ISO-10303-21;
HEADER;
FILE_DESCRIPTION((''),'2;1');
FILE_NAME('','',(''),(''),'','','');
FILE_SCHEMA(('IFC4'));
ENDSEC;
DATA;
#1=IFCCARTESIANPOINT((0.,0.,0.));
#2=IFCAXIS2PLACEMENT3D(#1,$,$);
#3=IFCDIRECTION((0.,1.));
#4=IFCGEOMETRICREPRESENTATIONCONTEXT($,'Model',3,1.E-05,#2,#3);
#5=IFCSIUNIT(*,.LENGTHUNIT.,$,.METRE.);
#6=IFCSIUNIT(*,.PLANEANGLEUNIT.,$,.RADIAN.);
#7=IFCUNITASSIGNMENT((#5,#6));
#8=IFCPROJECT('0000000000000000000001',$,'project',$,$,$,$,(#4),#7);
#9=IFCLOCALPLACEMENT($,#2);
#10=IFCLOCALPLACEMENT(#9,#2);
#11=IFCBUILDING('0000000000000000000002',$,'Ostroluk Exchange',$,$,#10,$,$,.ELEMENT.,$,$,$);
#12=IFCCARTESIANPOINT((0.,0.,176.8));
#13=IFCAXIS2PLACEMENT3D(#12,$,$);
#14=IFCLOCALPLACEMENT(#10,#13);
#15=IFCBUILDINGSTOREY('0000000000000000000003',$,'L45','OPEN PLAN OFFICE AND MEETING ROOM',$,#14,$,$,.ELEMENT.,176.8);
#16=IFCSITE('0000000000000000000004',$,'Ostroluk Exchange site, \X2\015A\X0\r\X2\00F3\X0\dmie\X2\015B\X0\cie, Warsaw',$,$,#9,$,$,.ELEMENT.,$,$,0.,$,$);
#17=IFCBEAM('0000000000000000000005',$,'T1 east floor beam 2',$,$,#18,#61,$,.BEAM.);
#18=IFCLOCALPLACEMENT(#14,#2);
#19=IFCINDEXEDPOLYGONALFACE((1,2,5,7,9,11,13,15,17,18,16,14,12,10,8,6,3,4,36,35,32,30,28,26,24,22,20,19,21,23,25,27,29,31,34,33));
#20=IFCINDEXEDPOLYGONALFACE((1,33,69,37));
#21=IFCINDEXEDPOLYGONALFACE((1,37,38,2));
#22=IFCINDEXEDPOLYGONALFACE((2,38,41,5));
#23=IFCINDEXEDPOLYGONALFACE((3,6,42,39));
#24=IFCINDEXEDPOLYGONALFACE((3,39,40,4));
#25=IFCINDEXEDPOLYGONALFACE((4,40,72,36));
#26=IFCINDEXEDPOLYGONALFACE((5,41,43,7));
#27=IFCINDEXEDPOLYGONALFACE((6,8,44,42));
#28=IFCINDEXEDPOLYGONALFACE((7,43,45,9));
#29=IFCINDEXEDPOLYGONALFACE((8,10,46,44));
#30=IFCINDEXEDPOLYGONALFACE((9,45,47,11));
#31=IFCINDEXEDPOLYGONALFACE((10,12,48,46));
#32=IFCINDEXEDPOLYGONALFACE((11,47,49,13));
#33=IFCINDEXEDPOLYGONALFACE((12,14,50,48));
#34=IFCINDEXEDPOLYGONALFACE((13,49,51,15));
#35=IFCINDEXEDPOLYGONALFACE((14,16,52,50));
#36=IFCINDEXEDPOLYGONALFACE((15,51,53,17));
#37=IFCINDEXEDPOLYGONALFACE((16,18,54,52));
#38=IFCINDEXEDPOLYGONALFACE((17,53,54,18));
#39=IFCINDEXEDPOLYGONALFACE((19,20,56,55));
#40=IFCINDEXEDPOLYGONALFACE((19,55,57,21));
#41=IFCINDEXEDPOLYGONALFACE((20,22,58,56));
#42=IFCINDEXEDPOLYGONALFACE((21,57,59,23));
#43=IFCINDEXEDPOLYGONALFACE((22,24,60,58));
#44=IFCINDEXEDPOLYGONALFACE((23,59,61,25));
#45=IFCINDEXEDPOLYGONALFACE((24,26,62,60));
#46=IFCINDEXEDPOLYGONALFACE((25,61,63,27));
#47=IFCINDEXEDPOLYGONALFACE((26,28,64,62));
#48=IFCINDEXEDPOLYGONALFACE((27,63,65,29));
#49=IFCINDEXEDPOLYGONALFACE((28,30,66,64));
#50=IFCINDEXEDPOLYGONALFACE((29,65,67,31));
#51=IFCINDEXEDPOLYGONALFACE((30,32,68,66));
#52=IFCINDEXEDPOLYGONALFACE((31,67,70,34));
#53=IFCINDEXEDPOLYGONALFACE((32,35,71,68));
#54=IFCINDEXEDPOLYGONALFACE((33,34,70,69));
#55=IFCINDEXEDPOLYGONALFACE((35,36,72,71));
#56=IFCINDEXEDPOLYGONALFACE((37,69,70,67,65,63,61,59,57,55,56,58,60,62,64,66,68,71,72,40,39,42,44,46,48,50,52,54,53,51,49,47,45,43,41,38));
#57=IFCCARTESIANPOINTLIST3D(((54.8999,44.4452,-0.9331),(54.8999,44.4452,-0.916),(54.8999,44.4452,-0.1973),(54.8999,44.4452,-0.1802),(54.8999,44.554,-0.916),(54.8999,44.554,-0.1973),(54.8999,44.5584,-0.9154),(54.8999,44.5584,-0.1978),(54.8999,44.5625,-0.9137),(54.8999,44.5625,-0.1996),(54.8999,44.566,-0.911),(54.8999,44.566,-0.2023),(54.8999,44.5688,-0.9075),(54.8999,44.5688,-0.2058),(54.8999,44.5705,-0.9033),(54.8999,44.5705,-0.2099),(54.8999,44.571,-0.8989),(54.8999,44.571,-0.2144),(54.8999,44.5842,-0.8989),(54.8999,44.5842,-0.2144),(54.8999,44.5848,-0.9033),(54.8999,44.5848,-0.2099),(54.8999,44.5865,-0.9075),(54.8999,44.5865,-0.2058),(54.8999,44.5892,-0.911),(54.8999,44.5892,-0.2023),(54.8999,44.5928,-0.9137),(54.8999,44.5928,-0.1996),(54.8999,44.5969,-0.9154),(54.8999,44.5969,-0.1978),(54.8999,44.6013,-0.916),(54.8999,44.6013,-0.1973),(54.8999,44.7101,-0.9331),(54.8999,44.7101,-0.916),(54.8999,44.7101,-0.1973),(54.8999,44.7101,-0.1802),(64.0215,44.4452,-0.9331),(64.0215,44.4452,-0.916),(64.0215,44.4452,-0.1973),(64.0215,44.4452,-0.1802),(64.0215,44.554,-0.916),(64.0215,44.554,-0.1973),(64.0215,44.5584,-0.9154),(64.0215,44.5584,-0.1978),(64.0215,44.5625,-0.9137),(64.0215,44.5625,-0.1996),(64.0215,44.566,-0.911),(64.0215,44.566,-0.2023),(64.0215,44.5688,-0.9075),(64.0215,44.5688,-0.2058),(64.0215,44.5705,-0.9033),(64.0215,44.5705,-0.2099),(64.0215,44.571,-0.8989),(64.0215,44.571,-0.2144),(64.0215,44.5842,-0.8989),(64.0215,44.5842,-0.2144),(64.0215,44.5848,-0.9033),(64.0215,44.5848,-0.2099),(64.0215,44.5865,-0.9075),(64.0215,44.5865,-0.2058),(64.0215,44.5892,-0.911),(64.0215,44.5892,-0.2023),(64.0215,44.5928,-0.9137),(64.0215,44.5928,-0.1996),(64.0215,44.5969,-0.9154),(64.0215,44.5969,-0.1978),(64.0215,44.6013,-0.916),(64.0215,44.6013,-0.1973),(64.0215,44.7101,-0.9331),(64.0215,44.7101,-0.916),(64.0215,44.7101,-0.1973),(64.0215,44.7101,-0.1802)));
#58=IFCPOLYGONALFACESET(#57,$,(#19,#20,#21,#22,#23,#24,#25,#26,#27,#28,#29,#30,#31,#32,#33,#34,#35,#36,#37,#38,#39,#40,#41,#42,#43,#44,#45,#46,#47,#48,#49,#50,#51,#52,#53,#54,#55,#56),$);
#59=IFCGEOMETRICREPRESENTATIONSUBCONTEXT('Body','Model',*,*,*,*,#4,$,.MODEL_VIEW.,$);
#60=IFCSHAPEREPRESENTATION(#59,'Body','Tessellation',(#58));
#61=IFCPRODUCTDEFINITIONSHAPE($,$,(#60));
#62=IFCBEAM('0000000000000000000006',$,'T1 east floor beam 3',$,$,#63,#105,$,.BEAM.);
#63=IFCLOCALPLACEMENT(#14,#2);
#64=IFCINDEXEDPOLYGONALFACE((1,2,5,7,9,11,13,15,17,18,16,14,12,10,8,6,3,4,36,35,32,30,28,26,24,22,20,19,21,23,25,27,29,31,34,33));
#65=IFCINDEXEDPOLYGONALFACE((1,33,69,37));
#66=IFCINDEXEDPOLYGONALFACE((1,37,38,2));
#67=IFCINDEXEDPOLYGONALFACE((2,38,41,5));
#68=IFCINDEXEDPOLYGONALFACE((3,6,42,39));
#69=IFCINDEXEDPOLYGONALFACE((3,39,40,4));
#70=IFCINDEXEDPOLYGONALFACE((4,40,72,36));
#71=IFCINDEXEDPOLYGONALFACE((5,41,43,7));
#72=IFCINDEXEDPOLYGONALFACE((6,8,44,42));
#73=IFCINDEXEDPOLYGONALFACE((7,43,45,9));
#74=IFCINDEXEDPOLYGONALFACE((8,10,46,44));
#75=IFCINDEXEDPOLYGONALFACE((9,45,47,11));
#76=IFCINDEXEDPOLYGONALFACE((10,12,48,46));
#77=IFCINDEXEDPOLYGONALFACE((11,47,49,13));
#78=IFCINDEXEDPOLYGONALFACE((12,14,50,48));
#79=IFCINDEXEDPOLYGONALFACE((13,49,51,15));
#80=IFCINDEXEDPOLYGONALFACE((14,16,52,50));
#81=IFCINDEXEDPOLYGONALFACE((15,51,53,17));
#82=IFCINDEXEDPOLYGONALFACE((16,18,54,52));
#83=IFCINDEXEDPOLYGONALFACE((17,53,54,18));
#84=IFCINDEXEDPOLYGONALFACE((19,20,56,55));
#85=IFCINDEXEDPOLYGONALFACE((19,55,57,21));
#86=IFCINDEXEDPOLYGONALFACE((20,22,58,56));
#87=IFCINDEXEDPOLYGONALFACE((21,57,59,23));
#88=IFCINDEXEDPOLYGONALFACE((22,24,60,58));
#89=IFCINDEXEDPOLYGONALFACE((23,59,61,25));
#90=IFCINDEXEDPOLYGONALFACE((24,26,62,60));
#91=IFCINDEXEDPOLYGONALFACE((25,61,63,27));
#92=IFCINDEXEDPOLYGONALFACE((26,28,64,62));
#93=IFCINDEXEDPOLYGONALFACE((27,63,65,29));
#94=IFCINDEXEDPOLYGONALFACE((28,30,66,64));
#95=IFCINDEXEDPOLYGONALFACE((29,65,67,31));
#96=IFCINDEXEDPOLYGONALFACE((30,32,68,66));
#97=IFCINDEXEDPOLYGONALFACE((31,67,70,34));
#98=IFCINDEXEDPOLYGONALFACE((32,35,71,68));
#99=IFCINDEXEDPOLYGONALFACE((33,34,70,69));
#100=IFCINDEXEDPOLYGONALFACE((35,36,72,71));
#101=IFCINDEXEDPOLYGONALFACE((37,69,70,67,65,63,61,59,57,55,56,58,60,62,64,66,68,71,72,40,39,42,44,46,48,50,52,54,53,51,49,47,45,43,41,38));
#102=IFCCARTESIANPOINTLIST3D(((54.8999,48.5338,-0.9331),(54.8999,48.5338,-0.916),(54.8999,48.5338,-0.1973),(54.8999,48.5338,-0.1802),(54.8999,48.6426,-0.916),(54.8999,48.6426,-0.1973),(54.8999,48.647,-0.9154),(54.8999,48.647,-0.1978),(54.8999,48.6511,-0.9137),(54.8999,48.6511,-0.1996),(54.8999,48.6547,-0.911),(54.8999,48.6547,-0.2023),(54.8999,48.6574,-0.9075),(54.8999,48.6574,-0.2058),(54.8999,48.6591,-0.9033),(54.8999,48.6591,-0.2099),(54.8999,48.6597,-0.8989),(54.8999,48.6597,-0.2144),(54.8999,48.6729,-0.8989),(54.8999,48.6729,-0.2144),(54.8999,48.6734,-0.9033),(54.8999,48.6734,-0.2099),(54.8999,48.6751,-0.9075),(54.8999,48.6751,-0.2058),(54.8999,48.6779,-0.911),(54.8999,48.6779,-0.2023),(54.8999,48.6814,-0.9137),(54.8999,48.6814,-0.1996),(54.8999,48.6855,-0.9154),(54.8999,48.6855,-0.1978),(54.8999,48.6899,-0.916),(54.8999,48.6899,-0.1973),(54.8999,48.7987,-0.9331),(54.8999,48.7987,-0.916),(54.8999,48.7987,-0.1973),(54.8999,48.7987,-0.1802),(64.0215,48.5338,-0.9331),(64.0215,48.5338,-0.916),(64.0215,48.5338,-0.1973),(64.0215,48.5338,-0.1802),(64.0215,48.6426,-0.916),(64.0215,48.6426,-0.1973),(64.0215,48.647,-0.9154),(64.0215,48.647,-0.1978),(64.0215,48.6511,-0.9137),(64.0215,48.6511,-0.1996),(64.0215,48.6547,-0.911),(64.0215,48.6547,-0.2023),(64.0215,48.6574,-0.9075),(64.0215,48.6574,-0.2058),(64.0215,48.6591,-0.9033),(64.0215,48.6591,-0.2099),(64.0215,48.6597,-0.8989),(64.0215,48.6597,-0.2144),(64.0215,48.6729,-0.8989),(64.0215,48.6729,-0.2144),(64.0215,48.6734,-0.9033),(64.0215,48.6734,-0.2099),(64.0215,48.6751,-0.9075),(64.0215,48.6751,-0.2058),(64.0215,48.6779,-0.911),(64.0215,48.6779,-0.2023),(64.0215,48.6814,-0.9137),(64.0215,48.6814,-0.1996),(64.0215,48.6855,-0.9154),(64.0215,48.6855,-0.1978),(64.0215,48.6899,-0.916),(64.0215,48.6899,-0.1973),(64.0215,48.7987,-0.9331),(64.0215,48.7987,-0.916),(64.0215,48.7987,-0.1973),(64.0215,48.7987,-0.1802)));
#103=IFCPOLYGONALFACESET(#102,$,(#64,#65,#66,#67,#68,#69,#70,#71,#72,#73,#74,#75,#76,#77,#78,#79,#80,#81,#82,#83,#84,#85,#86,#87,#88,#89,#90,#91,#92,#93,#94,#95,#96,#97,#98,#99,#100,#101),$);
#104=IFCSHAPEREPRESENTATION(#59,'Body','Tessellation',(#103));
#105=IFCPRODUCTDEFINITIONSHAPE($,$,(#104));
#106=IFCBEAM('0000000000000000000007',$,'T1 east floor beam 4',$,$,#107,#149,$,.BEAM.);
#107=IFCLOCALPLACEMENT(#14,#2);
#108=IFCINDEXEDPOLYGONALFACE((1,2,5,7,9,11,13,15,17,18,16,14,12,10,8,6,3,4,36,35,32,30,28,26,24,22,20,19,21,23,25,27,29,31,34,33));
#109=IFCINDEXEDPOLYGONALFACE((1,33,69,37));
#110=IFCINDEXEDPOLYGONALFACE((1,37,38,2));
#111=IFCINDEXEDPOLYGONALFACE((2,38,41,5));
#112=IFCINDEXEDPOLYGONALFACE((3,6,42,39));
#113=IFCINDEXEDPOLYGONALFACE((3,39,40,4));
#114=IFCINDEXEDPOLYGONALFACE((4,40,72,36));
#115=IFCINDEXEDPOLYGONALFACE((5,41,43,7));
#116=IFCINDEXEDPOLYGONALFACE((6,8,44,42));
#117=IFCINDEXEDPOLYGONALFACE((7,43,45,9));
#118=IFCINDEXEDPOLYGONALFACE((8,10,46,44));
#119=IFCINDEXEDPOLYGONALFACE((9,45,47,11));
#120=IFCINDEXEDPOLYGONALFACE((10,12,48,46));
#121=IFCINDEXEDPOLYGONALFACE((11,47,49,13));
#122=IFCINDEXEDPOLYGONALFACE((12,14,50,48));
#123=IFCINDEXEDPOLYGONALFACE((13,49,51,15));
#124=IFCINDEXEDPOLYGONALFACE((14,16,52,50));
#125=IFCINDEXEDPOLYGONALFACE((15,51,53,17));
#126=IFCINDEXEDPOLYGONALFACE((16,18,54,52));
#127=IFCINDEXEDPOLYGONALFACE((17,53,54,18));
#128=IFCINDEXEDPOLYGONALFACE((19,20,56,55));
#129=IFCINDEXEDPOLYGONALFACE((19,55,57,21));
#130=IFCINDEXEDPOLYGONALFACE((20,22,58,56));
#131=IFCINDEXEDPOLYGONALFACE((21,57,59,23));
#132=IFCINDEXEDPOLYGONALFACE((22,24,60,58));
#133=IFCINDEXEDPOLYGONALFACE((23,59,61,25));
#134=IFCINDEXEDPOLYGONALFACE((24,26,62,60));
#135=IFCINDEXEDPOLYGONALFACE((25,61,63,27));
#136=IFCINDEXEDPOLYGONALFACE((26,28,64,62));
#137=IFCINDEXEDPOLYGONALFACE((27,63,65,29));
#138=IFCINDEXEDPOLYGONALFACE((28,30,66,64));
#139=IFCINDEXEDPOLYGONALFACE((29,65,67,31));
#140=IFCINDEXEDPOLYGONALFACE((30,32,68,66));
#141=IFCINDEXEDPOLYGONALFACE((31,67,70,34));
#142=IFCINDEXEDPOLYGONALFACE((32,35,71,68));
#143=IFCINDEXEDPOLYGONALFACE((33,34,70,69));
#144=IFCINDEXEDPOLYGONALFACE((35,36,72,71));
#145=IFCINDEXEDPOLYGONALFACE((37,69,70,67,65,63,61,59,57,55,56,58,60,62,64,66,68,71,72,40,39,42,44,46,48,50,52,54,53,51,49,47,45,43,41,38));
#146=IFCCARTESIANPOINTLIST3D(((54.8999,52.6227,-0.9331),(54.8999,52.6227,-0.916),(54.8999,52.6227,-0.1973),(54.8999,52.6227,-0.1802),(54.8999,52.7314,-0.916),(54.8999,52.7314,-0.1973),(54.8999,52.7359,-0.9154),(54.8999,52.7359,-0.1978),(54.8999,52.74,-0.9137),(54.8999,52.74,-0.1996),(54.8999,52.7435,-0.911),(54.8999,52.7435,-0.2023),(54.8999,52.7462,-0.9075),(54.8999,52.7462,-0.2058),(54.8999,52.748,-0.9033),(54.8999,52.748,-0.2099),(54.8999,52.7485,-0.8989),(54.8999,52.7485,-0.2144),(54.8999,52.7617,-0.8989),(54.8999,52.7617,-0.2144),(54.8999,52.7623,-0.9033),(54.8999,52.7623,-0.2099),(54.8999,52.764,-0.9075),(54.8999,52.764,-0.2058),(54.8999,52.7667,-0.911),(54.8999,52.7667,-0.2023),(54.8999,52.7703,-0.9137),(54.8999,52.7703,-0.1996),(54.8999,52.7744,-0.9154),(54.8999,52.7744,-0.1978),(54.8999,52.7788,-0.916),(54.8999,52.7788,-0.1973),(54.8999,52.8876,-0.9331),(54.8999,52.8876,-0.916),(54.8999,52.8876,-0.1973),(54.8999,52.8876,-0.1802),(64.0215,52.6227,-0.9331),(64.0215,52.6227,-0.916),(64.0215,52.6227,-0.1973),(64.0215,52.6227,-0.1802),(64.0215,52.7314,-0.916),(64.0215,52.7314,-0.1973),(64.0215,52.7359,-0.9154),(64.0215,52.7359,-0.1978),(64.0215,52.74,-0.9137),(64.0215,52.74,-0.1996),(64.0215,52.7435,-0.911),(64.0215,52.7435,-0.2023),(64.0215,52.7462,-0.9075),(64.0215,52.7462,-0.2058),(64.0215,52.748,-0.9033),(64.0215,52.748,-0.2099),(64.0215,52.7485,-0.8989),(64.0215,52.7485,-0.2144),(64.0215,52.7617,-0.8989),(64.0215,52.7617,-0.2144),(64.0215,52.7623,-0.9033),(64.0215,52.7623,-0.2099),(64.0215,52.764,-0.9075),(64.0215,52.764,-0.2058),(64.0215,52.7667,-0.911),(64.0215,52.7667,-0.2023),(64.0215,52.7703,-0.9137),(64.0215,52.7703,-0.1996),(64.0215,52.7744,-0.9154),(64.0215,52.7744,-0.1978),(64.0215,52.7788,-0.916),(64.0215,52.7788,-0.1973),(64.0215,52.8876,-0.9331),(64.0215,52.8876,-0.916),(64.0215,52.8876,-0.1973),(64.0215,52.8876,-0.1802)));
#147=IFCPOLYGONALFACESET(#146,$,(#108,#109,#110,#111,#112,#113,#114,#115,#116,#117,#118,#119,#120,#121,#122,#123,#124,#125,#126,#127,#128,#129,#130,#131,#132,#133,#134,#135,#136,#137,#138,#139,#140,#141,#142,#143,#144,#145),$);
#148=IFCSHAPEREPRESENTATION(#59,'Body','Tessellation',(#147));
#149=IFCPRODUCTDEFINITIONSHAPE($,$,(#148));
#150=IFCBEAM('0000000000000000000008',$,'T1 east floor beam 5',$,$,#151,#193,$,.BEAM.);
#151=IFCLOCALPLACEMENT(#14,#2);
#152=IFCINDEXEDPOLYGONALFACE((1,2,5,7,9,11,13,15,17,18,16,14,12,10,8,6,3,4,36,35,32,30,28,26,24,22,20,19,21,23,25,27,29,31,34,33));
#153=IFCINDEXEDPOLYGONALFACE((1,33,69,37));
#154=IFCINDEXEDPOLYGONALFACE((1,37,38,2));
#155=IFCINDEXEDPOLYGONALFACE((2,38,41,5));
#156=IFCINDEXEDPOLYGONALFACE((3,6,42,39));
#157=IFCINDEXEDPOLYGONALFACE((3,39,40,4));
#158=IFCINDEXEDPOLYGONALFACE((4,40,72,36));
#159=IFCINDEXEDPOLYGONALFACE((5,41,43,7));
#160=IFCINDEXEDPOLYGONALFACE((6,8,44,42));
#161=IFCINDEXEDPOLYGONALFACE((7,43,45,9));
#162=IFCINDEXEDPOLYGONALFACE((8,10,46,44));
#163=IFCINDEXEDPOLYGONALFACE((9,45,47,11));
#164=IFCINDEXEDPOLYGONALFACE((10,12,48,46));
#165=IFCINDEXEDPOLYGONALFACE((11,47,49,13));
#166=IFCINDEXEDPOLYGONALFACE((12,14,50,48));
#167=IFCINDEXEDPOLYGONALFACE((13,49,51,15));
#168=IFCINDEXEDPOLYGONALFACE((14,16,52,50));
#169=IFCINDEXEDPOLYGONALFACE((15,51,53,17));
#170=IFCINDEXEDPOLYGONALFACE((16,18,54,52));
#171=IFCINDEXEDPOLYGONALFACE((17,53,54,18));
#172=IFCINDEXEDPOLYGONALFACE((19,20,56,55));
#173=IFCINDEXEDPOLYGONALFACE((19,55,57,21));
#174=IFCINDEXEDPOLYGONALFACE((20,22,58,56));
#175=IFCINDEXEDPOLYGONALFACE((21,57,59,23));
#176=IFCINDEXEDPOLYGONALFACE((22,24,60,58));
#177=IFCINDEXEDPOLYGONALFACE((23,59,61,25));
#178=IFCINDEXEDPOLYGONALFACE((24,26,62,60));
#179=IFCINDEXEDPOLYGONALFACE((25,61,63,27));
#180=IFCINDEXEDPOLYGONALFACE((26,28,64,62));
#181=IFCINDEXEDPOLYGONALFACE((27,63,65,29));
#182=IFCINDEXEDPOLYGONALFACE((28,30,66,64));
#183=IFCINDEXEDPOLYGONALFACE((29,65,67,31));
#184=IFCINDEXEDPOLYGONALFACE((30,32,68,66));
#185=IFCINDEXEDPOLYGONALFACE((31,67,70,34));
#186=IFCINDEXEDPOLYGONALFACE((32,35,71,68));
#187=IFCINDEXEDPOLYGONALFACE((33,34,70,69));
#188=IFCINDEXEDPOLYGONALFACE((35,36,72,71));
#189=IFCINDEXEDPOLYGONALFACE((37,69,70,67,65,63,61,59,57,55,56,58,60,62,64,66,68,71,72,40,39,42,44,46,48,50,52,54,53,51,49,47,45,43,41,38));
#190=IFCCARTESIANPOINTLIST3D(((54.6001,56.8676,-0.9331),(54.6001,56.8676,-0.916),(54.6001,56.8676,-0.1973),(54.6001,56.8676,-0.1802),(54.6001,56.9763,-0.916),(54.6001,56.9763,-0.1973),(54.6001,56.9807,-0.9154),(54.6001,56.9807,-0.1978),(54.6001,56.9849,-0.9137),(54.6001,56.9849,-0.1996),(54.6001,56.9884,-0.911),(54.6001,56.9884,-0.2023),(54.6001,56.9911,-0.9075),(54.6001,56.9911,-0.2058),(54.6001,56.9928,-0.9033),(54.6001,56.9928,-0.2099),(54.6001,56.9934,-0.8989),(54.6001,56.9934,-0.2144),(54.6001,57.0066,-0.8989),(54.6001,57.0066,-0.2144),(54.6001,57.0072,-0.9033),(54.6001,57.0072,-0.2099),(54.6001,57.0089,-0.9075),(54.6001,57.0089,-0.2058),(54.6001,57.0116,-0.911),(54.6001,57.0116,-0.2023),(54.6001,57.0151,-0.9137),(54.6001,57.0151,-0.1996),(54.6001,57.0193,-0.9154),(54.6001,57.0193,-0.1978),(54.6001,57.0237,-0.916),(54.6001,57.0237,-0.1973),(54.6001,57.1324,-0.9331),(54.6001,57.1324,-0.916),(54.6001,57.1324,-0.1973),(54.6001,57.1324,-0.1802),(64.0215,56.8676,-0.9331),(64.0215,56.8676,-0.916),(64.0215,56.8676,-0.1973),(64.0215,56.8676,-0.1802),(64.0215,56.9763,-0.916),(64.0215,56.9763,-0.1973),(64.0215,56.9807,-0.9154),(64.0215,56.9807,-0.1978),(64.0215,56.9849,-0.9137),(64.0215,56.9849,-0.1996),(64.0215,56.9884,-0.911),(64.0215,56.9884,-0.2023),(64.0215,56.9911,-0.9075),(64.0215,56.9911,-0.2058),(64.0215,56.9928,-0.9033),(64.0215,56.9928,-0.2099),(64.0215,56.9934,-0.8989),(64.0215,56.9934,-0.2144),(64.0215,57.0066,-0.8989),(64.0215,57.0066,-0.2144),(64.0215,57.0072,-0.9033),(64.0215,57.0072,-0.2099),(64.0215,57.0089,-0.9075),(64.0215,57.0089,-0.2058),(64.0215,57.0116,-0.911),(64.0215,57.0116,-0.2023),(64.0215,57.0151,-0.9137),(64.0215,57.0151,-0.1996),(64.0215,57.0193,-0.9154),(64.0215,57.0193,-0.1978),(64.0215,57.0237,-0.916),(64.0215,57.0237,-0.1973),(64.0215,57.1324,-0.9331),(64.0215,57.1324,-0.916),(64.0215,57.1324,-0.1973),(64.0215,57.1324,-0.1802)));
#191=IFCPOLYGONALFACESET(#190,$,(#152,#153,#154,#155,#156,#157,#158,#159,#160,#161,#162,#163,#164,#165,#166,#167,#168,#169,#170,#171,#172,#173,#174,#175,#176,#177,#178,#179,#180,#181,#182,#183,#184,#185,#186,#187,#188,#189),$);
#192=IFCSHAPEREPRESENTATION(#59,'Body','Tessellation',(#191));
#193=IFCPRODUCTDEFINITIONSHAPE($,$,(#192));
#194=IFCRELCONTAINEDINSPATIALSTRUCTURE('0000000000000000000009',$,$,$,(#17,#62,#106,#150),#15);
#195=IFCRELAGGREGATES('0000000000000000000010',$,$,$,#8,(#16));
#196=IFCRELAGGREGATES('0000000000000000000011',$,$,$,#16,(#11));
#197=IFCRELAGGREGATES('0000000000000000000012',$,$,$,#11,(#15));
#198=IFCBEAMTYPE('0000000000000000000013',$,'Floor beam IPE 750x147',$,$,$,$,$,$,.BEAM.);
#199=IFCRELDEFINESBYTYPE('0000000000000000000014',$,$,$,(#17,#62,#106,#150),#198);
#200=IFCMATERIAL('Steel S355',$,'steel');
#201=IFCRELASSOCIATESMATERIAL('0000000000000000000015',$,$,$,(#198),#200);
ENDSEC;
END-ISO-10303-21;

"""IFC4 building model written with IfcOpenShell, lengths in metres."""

from ifc_helpers import new_model, si_unit, direction, frame, origin, origin_2d, place, context, subcontext, project, spatial, i_section, extrude, material, material_profile, profile_set, type_object, element, save


model = new_model("IFC4")

# Units and contexts
model_context = context("Model", 3, precision=1e-05, world=origin(), true_north=direction((0.0, 1.0)))
body_context = subcontext(model_context, "Body", "Model", "MODEL_VIEW")
ifc_project = project(units=[si_unit("LENGTHUNIT", "METRE"), si_unit("PLANEANGLEUNIT", "RADIAN")], contexts=[model_context])

# Site, building, storey
site_placement = place(None, origin())
site = spatial("IfcSite", under=ifc_project, at=site_placement, Name="Ostroluk Exchange site, Śródmieście, Warsaw", CompositionType="ELEMENT", RefElevation=0.0)
building_placement = place(site_placement, origin())
building = spatial("IfcBuilding", under=site, at=building_placement, Name="Ostroluk Exchange", CompositionType="ELEMENT")
storey_placement = place(building_placement, frame((0.0, 0.0, 176.8)))
storey = spatial("IfcBuildingStorey", under=building, at=storey_placement, Name="L45", Description="OPEN PLAN OFFICE AND MEETING ROOM", CompositionType="ELEMENT", Elevation=176.8)

# Beams
ifc_material_1 = material(Name="Steel S355", Category="steel")
ifc_material_profile_1 = material_profile(ifc_material_1, i_section(OverallWidth=0.2649, OverallDepth=0.7529, WebThickness=0.0132, FlangeThickness=0.0171, FilletRadius=0.0171, at=origin_2d()), Name="IPE 750x147")
ifc_profile_set_1 = profile_set([ifc_material_profile_1], Name="Steel S355")
beam_type_1 = type_object("IfcBeamType", Name="Floor beam IPE 750x147", PredefinedType="BEAM", material=ifc_profile_set_1)
for number, where, z_axis, x_axis, name in (
    (1, (54.8999, 44.5776, -0.5566), (1.0, 0.0, 0.0), (0.0, 1.0, 0.0), "T1 east floor beam 2"),
    (2, (54.8999, 48.6663, -0.5566), (1.0, 0.0, 0.0), (0.0, 1.0, 0.0), "T1 east floor beam 3"),
    (3, (54.8999, 52.7551, -0.5566), (1.0, 0.0, 0.0), (0.0, 1.0, 0.0), "T1 east floor beam 4"),
):
    element("IfcBeam", number, at=place(storey_placement, frame(where, z_axis=z_axis, x_axis=x_axis)), inside=storey, type_object=beam_type_1, Name=name, PredefinedType="BEAM", context=body_context, shape_type="SweptSolid", body=[
        extrude(i_section(OverallWidth=0.2649, OverallDepth=0.7529, WebThickness=0.0132, FlangeThickness=0.0171, FilletRadius=0.0171, at=origin_2d()), origin(), (0.0, 0.0, 1.0), 9.1216),
    ])
beam_1_placement = place(storey_placement, frame((54.6001, 57.0, -0.5566), z_axis=(1.0, 0.0, 0.0), x_axis=(0.0, 1.0, 0.0)))
element("IfcBeam", 4, at=beam_1_placement, inside=storey, type_object=beam_type_1, Name="T1 east floor beam 5", PredefinedType="BEAM", context=body_context, shape_type="SweptSolid", body=[
    extrude(i_section(OverallWidth=0.2649, OverallDepth=0.7529, WebThickness=0.0132, FlangeThickness=0.0171, FilletRadius=0.0171, at=origin_2d()), origin(), (0.0, 0.0, 1.0), 9.4214),
])

save(model, "model.ifc")
